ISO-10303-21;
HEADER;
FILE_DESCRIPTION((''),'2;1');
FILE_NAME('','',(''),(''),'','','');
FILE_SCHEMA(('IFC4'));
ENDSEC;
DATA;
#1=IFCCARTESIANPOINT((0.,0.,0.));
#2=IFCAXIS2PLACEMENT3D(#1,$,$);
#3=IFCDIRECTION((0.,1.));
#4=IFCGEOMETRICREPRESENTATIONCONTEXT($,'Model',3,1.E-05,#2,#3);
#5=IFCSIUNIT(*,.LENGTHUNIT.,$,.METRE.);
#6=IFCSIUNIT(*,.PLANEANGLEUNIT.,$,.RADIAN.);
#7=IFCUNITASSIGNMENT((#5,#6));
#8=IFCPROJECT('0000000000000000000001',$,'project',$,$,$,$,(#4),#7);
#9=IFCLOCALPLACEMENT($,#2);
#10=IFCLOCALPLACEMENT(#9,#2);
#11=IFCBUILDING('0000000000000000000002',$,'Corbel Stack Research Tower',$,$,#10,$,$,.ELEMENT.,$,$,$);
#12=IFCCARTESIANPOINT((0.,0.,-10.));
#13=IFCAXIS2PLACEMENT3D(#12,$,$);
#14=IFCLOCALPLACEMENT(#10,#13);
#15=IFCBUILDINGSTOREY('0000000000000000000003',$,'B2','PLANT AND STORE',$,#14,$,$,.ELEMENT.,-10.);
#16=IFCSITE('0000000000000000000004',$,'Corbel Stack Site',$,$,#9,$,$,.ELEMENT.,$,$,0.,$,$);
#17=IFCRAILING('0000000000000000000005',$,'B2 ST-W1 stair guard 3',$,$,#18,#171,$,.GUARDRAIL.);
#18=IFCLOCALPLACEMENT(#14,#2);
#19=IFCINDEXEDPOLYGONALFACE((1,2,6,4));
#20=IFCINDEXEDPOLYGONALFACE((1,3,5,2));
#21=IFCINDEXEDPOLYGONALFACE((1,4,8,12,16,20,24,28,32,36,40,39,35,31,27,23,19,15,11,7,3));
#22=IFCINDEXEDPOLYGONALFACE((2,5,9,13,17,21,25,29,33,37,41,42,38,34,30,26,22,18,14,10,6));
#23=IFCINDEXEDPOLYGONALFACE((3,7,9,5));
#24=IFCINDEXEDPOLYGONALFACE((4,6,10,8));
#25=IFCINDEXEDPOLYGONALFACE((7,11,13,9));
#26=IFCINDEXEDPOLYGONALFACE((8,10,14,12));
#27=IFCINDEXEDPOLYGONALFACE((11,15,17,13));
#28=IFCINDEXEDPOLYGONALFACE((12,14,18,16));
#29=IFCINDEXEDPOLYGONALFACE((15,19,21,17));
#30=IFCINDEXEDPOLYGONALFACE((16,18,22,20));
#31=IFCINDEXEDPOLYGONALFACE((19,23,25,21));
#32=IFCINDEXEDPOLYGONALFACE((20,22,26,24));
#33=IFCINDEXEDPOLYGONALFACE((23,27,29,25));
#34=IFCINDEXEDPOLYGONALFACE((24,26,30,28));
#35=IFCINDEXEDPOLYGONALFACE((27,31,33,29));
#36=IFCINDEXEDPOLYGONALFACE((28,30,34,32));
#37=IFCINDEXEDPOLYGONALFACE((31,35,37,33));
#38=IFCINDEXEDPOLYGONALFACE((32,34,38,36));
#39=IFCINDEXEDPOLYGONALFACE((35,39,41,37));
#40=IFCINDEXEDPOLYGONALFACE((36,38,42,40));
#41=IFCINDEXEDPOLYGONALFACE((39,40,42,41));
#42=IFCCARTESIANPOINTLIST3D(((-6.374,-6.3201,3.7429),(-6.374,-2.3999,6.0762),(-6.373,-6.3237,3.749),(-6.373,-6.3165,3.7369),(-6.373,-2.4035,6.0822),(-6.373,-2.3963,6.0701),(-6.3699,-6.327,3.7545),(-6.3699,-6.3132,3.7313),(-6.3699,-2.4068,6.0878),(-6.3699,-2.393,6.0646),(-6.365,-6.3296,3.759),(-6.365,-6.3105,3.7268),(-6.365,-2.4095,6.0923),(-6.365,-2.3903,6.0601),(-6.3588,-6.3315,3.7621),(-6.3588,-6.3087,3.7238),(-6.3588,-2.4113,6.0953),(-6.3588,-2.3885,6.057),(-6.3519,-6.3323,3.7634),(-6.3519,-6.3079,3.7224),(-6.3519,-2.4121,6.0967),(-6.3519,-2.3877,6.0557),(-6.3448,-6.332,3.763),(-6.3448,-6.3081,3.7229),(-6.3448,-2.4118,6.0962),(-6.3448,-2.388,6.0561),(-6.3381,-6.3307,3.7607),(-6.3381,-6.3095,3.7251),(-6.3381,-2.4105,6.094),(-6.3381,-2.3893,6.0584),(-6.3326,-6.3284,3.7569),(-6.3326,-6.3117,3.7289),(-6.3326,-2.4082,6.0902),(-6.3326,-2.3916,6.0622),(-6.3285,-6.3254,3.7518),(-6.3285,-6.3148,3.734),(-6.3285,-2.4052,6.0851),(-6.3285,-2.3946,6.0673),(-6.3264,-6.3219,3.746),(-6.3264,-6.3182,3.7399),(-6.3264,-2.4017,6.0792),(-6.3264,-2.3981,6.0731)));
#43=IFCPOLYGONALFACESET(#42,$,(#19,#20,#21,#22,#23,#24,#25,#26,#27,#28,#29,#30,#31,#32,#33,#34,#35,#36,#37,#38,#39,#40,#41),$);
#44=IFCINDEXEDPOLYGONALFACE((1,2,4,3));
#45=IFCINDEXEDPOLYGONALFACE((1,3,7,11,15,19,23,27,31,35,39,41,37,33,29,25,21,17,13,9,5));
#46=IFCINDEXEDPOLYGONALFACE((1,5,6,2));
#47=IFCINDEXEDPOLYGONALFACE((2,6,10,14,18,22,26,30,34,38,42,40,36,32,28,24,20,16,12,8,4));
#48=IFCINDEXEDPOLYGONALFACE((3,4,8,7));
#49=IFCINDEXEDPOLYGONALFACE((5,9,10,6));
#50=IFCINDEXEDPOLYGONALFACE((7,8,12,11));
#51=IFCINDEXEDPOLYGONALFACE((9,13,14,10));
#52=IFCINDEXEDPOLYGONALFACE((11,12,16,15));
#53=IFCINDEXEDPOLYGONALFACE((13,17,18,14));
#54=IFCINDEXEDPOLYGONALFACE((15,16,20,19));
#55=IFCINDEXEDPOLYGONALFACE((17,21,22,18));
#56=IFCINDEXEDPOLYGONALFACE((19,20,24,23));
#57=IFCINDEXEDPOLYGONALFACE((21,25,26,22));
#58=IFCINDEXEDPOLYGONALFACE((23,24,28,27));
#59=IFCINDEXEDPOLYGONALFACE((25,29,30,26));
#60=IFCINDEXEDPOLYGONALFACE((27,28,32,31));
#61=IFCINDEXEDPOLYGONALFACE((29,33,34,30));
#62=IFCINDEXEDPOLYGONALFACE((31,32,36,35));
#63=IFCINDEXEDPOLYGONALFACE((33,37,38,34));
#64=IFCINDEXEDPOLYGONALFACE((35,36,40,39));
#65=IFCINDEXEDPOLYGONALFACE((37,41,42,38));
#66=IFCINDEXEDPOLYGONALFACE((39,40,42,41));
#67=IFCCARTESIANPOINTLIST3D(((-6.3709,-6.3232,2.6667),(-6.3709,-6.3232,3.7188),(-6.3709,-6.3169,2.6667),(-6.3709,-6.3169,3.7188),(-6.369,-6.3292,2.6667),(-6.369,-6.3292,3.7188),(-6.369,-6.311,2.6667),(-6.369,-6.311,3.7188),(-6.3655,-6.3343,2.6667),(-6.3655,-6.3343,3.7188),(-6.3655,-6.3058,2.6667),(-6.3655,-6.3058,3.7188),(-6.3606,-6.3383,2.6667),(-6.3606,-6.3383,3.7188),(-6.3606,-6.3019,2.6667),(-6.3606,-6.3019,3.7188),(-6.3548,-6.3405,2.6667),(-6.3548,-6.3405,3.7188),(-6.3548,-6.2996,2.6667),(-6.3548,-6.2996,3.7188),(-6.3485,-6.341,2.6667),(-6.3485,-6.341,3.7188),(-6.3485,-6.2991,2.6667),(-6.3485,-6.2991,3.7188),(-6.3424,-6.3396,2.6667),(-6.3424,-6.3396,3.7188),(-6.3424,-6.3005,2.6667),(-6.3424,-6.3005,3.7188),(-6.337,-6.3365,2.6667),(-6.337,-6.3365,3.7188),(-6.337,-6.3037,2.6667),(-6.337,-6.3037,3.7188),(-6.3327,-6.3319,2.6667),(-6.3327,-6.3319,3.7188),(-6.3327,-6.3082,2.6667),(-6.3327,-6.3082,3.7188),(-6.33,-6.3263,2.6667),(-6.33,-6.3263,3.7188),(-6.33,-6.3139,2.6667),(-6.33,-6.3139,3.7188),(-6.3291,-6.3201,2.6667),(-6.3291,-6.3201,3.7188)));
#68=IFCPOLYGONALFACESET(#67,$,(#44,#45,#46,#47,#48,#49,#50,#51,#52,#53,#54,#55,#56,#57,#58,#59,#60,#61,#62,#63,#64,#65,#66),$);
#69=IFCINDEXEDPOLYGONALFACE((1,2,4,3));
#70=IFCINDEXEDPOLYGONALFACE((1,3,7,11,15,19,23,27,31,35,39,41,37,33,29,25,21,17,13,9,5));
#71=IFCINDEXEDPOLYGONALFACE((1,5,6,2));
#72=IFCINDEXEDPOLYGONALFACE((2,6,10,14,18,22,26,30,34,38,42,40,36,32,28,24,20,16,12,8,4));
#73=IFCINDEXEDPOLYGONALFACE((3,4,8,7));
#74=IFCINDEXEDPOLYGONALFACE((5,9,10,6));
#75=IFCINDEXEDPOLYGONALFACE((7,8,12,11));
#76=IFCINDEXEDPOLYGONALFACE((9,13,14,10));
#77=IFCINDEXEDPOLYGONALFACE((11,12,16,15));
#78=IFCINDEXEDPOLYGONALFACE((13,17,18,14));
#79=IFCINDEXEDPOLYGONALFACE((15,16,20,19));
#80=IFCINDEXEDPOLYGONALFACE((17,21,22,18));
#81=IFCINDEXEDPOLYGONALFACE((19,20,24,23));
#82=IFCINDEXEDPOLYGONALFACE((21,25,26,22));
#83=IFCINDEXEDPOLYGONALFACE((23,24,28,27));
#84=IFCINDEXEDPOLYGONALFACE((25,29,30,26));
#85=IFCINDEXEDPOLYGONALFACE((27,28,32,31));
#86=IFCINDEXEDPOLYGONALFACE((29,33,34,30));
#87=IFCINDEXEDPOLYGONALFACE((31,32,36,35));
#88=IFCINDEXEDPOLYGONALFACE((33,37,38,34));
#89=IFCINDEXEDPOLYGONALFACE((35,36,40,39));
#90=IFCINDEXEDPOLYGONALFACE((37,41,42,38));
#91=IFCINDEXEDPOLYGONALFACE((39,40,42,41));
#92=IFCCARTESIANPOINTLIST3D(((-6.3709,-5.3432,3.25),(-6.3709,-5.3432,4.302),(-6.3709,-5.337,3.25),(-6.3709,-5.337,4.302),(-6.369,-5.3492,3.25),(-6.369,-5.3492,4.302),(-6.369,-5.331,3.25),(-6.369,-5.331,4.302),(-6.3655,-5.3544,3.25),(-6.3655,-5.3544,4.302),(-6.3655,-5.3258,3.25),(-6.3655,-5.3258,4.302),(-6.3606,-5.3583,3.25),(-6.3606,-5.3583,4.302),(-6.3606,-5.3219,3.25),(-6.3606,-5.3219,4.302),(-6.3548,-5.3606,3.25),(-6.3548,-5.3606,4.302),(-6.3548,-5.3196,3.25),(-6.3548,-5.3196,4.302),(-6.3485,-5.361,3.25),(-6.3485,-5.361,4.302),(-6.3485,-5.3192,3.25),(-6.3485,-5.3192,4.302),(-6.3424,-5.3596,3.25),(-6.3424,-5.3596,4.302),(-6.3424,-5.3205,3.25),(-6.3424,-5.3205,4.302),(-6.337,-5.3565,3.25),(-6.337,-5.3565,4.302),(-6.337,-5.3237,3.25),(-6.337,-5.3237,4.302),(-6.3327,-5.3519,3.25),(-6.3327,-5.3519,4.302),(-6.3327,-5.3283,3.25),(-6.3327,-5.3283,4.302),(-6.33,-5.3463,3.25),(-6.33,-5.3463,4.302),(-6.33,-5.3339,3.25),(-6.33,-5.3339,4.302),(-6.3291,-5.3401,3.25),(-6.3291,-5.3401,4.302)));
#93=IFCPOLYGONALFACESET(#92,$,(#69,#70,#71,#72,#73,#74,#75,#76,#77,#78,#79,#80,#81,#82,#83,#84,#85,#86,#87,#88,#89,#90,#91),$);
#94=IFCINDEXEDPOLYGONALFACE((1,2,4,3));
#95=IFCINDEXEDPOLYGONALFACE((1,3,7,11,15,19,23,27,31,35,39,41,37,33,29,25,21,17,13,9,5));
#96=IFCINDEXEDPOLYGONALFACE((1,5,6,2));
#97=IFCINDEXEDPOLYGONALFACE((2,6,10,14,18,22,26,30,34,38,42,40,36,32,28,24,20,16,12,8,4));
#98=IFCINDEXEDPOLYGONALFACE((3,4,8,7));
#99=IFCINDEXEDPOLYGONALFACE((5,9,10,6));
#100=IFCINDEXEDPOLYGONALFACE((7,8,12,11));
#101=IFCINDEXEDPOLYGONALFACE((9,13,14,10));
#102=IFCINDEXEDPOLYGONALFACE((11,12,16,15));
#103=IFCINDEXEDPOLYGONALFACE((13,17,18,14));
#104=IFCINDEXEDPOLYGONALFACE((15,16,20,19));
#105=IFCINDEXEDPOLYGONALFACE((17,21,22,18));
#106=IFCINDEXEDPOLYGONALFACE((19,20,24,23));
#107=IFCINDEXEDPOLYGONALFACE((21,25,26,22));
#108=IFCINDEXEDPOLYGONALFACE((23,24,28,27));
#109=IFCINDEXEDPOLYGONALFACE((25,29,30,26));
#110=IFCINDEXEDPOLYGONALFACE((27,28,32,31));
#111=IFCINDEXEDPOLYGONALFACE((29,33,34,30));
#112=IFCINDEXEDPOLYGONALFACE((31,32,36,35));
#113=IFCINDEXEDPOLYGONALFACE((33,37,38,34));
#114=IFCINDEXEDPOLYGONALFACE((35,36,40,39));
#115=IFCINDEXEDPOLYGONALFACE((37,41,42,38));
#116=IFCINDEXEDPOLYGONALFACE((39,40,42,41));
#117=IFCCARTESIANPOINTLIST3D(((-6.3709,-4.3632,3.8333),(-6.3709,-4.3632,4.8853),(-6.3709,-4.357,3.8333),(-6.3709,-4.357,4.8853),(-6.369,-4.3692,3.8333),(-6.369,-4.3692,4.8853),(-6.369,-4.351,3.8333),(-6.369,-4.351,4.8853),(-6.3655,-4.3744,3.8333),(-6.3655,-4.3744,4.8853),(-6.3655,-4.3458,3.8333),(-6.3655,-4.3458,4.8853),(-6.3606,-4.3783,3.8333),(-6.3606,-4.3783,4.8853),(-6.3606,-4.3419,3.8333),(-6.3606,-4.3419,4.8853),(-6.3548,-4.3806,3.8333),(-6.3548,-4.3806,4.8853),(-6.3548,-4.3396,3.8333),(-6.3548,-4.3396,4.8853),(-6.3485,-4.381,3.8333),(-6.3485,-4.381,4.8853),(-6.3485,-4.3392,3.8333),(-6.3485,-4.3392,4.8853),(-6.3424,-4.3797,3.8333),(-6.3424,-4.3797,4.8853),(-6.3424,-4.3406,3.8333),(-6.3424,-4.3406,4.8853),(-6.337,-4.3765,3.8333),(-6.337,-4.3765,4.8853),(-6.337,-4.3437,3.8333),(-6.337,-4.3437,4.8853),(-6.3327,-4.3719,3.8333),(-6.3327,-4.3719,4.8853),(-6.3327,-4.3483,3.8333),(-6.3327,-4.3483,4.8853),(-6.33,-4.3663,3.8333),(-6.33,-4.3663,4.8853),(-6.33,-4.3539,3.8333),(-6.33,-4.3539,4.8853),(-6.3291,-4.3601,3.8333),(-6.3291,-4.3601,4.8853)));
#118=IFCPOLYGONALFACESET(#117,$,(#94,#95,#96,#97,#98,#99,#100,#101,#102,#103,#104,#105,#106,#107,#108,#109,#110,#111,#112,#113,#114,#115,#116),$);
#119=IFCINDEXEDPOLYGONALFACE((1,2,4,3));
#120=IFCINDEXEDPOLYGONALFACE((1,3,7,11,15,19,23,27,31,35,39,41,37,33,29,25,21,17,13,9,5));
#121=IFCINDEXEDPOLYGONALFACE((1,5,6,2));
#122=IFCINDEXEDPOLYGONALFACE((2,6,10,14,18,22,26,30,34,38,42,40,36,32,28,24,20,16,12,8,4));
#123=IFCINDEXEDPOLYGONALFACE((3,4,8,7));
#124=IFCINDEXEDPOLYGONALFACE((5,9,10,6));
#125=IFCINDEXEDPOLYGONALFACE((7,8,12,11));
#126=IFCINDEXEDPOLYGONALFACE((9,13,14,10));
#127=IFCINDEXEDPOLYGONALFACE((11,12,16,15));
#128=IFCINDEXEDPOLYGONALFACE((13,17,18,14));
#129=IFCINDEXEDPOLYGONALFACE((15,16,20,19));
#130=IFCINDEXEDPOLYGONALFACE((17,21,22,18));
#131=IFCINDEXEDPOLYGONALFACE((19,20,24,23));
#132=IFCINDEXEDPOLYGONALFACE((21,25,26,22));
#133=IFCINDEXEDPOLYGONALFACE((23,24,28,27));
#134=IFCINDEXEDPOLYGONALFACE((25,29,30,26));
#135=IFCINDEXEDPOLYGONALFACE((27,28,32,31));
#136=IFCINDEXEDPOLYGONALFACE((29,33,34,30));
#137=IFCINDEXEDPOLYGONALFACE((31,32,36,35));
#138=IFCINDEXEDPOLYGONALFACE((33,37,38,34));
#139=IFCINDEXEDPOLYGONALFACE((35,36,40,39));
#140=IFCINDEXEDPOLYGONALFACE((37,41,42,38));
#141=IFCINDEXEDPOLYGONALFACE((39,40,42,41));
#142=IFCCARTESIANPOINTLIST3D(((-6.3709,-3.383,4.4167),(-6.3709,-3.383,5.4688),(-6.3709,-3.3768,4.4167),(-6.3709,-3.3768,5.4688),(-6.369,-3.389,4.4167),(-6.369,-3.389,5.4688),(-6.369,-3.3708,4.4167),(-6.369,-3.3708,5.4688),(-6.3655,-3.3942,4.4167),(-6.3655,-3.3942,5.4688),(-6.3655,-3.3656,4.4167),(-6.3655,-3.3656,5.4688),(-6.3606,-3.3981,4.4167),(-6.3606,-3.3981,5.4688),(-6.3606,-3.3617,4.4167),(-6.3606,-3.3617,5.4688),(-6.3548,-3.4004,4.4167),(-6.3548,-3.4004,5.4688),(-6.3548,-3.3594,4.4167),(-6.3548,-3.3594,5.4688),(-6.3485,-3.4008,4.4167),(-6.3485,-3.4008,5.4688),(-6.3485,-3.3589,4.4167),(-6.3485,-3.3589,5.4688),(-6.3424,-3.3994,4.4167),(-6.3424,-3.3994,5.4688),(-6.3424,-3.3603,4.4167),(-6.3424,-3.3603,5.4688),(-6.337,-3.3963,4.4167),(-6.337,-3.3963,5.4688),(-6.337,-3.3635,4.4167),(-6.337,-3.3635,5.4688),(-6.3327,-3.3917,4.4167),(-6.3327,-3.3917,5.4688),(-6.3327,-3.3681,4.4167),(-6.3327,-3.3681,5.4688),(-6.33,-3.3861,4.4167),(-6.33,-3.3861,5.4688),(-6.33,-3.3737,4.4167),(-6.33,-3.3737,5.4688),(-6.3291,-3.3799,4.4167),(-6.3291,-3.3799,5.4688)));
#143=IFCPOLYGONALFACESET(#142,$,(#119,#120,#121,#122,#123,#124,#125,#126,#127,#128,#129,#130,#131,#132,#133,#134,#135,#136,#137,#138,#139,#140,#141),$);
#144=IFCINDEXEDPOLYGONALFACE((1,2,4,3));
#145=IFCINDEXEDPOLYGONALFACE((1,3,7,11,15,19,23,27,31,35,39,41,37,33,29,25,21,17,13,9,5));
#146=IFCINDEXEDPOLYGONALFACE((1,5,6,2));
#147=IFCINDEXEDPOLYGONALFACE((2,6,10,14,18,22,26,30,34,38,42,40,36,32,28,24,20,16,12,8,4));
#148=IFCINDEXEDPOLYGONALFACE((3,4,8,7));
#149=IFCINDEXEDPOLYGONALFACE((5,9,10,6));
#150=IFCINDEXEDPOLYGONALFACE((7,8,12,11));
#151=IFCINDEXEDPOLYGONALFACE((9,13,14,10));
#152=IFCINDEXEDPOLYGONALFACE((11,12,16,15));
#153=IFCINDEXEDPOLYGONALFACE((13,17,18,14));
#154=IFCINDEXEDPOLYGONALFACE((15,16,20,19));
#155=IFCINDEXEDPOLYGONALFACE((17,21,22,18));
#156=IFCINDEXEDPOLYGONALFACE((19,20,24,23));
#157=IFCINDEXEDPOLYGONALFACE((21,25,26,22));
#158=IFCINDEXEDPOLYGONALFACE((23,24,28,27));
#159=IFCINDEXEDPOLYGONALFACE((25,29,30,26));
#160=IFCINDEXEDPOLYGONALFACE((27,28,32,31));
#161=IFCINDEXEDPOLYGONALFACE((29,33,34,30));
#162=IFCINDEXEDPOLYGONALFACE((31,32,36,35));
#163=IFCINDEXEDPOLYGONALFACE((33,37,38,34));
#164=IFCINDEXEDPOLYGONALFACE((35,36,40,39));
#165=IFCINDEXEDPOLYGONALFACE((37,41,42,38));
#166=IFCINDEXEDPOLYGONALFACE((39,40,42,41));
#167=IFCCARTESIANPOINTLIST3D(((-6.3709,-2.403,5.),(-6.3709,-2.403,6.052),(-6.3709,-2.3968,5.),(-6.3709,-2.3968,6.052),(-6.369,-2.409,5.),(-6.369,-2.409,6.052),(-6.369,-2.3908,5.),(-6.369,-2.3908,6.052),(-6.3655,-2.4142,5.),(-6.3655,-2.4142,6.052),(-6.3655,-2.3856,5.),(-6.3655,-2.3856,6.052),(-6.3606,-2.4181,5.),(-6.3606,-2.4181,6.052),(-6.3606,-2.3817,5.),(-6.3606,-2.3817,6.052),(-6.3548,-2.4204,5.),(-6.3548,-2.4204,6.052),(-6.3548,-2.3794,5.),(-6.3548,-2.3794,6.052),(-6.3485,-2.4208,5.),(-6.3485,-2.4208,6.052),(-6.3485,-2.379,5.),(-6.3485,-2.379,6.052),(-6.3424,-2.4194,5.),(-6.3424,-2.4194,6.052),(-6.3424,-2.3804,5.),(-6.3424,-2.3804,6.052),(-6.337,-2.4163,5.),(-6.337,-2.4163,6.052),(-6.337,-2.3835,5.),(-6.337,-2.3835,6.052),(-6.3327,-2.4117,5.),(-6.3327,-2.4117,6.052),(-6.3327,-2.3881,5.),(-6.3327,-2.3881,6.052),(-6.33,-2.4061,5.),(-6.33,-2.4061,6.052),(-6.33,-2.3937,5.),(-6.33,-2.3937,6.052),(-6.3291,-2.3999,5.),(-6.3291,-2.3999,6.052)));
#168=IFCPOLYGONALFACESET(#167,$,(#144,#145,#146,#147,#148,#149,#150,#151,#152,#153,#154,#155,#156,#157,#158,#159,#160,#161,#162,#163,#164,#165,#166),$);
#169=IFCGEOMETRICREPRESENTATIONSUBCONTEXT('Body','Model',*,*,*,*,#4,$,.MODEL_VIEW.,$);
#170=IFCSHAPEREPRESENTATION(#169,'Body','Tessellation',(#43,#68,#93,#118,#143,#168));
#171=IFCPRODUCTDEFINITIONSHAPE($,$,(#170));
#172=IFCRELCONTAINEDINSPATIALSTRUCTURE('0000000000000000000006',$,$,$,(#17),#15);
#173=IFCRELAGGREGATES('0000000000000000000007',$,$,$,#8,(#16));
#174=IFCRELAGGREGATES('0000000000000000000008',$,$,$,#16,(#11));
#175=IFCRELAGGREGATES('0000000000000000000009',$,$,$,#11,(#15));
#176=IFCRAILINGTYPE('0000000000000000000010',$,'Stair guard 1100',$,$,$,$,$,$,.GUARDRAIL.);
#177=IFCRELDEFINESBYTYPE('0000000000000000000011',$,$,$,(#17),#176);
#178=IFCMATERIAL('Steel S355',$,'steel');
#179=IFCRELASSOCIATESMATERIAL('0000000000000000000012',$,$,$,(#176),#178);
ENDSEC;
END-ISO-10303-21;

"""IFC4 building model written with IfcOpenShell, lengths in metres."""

from ifc_helpers import new_model, si_unit, direction, frame, origin, origin_2d, place, context, subcontext, project, spatial, circle, extrude, material, type_object, element, save


model = new_model("IFC4")

# Units and contexts
model_context = context("Model", 3, precision=1e-05, world=origin(), true_north=direction((0.0, 1.0)))
body_context = subcontext(model_context, "Body", "Model", "MODEL_VIEW")
ifc_project = project(units=[si_unit("LENGTHUNIT", "METRE"), si_unit("PLANEANGLEUNIT", "RADIAN")], contexts=[model_context])

# Site, building, storey
site_placement = place(None, origin())
site = spatial("IfcSite", under=ifc_project, at=site_placement, Name="Corbel Stack Site", CompositionType="ELEMENT", RefElevation=0.0)
building_placement = place(site_placement, origin())
building = spatial("IfcBuilding", under=site, at=building_placement, Name="Corbel Stack Research Tower", CompositionType="ELEMENT")
storey_placement = place(building_placement, frame((0.0, 0.0, -10.0)))
storey = spatial("IfcBuildingStorey", under=building, at=storey_placement, Name="B2", Description="PLANT AND STORE", CompositionType="ELEMENT", Elevation=-10.0)

# Railing
ifc_material_1 = material(Name="Steel S355", Category="steel")
railing_type_1 = type_object("IfcRailingType", Name="Stair guard 1100", PredefinedType="GUARDRAIL", material=ifc_material_1)
railing_1_placement = place(storey_placement, frame((-6.3501, -6.3201, 2.6667)))
element("IfcRailing", 1, at=railing_1_placement, inside=storey, type_object=railing_type_1, Name="B2 ST-W1 stair guard 3", PredefinedType="GUARDRAIL", context=body_context, shape_type="SweptSolid", body=[
    extrude(circle(Radius=0.0239, at=origin_2d()), frame((0.0, 0.0, 1.0762), z_axis=(0.0, 0.85931, 0.511455), x_axis=(-1.0, 0.0, 0.0)), (0.0, 0.0, 1.0), 4.562),
    extrude(circle(Radius=0.021, at=origin_2d()), origin(), (0.0, 0.0, 1.0), 1.052),
    extrude(circle(Radius=0.021, at=origin_2d()), frame((0.0, 0.98, 0.5833)), (0.0, 0.0, 1.0), 1.052),
    extrude(circle(Radius=0.021, at=origin_2d()), frame((0.0, 1.96, 1.1665)), (0.0, 0.0, 1.0), 1.052),
    extrude(circle(Radius=0.021, at=origin_2d()), frame((0.0, 2.9402, 1.75)), (0.0, 0.0, 1.0), 1.052),
    extrude(circle(Radius=0.021, at=origin_2d()), frame((0.0, 3.9202, 2.3333)), (0.0, 0.0, 1.0), 1.052),
])

save(model, "model.ifc")
